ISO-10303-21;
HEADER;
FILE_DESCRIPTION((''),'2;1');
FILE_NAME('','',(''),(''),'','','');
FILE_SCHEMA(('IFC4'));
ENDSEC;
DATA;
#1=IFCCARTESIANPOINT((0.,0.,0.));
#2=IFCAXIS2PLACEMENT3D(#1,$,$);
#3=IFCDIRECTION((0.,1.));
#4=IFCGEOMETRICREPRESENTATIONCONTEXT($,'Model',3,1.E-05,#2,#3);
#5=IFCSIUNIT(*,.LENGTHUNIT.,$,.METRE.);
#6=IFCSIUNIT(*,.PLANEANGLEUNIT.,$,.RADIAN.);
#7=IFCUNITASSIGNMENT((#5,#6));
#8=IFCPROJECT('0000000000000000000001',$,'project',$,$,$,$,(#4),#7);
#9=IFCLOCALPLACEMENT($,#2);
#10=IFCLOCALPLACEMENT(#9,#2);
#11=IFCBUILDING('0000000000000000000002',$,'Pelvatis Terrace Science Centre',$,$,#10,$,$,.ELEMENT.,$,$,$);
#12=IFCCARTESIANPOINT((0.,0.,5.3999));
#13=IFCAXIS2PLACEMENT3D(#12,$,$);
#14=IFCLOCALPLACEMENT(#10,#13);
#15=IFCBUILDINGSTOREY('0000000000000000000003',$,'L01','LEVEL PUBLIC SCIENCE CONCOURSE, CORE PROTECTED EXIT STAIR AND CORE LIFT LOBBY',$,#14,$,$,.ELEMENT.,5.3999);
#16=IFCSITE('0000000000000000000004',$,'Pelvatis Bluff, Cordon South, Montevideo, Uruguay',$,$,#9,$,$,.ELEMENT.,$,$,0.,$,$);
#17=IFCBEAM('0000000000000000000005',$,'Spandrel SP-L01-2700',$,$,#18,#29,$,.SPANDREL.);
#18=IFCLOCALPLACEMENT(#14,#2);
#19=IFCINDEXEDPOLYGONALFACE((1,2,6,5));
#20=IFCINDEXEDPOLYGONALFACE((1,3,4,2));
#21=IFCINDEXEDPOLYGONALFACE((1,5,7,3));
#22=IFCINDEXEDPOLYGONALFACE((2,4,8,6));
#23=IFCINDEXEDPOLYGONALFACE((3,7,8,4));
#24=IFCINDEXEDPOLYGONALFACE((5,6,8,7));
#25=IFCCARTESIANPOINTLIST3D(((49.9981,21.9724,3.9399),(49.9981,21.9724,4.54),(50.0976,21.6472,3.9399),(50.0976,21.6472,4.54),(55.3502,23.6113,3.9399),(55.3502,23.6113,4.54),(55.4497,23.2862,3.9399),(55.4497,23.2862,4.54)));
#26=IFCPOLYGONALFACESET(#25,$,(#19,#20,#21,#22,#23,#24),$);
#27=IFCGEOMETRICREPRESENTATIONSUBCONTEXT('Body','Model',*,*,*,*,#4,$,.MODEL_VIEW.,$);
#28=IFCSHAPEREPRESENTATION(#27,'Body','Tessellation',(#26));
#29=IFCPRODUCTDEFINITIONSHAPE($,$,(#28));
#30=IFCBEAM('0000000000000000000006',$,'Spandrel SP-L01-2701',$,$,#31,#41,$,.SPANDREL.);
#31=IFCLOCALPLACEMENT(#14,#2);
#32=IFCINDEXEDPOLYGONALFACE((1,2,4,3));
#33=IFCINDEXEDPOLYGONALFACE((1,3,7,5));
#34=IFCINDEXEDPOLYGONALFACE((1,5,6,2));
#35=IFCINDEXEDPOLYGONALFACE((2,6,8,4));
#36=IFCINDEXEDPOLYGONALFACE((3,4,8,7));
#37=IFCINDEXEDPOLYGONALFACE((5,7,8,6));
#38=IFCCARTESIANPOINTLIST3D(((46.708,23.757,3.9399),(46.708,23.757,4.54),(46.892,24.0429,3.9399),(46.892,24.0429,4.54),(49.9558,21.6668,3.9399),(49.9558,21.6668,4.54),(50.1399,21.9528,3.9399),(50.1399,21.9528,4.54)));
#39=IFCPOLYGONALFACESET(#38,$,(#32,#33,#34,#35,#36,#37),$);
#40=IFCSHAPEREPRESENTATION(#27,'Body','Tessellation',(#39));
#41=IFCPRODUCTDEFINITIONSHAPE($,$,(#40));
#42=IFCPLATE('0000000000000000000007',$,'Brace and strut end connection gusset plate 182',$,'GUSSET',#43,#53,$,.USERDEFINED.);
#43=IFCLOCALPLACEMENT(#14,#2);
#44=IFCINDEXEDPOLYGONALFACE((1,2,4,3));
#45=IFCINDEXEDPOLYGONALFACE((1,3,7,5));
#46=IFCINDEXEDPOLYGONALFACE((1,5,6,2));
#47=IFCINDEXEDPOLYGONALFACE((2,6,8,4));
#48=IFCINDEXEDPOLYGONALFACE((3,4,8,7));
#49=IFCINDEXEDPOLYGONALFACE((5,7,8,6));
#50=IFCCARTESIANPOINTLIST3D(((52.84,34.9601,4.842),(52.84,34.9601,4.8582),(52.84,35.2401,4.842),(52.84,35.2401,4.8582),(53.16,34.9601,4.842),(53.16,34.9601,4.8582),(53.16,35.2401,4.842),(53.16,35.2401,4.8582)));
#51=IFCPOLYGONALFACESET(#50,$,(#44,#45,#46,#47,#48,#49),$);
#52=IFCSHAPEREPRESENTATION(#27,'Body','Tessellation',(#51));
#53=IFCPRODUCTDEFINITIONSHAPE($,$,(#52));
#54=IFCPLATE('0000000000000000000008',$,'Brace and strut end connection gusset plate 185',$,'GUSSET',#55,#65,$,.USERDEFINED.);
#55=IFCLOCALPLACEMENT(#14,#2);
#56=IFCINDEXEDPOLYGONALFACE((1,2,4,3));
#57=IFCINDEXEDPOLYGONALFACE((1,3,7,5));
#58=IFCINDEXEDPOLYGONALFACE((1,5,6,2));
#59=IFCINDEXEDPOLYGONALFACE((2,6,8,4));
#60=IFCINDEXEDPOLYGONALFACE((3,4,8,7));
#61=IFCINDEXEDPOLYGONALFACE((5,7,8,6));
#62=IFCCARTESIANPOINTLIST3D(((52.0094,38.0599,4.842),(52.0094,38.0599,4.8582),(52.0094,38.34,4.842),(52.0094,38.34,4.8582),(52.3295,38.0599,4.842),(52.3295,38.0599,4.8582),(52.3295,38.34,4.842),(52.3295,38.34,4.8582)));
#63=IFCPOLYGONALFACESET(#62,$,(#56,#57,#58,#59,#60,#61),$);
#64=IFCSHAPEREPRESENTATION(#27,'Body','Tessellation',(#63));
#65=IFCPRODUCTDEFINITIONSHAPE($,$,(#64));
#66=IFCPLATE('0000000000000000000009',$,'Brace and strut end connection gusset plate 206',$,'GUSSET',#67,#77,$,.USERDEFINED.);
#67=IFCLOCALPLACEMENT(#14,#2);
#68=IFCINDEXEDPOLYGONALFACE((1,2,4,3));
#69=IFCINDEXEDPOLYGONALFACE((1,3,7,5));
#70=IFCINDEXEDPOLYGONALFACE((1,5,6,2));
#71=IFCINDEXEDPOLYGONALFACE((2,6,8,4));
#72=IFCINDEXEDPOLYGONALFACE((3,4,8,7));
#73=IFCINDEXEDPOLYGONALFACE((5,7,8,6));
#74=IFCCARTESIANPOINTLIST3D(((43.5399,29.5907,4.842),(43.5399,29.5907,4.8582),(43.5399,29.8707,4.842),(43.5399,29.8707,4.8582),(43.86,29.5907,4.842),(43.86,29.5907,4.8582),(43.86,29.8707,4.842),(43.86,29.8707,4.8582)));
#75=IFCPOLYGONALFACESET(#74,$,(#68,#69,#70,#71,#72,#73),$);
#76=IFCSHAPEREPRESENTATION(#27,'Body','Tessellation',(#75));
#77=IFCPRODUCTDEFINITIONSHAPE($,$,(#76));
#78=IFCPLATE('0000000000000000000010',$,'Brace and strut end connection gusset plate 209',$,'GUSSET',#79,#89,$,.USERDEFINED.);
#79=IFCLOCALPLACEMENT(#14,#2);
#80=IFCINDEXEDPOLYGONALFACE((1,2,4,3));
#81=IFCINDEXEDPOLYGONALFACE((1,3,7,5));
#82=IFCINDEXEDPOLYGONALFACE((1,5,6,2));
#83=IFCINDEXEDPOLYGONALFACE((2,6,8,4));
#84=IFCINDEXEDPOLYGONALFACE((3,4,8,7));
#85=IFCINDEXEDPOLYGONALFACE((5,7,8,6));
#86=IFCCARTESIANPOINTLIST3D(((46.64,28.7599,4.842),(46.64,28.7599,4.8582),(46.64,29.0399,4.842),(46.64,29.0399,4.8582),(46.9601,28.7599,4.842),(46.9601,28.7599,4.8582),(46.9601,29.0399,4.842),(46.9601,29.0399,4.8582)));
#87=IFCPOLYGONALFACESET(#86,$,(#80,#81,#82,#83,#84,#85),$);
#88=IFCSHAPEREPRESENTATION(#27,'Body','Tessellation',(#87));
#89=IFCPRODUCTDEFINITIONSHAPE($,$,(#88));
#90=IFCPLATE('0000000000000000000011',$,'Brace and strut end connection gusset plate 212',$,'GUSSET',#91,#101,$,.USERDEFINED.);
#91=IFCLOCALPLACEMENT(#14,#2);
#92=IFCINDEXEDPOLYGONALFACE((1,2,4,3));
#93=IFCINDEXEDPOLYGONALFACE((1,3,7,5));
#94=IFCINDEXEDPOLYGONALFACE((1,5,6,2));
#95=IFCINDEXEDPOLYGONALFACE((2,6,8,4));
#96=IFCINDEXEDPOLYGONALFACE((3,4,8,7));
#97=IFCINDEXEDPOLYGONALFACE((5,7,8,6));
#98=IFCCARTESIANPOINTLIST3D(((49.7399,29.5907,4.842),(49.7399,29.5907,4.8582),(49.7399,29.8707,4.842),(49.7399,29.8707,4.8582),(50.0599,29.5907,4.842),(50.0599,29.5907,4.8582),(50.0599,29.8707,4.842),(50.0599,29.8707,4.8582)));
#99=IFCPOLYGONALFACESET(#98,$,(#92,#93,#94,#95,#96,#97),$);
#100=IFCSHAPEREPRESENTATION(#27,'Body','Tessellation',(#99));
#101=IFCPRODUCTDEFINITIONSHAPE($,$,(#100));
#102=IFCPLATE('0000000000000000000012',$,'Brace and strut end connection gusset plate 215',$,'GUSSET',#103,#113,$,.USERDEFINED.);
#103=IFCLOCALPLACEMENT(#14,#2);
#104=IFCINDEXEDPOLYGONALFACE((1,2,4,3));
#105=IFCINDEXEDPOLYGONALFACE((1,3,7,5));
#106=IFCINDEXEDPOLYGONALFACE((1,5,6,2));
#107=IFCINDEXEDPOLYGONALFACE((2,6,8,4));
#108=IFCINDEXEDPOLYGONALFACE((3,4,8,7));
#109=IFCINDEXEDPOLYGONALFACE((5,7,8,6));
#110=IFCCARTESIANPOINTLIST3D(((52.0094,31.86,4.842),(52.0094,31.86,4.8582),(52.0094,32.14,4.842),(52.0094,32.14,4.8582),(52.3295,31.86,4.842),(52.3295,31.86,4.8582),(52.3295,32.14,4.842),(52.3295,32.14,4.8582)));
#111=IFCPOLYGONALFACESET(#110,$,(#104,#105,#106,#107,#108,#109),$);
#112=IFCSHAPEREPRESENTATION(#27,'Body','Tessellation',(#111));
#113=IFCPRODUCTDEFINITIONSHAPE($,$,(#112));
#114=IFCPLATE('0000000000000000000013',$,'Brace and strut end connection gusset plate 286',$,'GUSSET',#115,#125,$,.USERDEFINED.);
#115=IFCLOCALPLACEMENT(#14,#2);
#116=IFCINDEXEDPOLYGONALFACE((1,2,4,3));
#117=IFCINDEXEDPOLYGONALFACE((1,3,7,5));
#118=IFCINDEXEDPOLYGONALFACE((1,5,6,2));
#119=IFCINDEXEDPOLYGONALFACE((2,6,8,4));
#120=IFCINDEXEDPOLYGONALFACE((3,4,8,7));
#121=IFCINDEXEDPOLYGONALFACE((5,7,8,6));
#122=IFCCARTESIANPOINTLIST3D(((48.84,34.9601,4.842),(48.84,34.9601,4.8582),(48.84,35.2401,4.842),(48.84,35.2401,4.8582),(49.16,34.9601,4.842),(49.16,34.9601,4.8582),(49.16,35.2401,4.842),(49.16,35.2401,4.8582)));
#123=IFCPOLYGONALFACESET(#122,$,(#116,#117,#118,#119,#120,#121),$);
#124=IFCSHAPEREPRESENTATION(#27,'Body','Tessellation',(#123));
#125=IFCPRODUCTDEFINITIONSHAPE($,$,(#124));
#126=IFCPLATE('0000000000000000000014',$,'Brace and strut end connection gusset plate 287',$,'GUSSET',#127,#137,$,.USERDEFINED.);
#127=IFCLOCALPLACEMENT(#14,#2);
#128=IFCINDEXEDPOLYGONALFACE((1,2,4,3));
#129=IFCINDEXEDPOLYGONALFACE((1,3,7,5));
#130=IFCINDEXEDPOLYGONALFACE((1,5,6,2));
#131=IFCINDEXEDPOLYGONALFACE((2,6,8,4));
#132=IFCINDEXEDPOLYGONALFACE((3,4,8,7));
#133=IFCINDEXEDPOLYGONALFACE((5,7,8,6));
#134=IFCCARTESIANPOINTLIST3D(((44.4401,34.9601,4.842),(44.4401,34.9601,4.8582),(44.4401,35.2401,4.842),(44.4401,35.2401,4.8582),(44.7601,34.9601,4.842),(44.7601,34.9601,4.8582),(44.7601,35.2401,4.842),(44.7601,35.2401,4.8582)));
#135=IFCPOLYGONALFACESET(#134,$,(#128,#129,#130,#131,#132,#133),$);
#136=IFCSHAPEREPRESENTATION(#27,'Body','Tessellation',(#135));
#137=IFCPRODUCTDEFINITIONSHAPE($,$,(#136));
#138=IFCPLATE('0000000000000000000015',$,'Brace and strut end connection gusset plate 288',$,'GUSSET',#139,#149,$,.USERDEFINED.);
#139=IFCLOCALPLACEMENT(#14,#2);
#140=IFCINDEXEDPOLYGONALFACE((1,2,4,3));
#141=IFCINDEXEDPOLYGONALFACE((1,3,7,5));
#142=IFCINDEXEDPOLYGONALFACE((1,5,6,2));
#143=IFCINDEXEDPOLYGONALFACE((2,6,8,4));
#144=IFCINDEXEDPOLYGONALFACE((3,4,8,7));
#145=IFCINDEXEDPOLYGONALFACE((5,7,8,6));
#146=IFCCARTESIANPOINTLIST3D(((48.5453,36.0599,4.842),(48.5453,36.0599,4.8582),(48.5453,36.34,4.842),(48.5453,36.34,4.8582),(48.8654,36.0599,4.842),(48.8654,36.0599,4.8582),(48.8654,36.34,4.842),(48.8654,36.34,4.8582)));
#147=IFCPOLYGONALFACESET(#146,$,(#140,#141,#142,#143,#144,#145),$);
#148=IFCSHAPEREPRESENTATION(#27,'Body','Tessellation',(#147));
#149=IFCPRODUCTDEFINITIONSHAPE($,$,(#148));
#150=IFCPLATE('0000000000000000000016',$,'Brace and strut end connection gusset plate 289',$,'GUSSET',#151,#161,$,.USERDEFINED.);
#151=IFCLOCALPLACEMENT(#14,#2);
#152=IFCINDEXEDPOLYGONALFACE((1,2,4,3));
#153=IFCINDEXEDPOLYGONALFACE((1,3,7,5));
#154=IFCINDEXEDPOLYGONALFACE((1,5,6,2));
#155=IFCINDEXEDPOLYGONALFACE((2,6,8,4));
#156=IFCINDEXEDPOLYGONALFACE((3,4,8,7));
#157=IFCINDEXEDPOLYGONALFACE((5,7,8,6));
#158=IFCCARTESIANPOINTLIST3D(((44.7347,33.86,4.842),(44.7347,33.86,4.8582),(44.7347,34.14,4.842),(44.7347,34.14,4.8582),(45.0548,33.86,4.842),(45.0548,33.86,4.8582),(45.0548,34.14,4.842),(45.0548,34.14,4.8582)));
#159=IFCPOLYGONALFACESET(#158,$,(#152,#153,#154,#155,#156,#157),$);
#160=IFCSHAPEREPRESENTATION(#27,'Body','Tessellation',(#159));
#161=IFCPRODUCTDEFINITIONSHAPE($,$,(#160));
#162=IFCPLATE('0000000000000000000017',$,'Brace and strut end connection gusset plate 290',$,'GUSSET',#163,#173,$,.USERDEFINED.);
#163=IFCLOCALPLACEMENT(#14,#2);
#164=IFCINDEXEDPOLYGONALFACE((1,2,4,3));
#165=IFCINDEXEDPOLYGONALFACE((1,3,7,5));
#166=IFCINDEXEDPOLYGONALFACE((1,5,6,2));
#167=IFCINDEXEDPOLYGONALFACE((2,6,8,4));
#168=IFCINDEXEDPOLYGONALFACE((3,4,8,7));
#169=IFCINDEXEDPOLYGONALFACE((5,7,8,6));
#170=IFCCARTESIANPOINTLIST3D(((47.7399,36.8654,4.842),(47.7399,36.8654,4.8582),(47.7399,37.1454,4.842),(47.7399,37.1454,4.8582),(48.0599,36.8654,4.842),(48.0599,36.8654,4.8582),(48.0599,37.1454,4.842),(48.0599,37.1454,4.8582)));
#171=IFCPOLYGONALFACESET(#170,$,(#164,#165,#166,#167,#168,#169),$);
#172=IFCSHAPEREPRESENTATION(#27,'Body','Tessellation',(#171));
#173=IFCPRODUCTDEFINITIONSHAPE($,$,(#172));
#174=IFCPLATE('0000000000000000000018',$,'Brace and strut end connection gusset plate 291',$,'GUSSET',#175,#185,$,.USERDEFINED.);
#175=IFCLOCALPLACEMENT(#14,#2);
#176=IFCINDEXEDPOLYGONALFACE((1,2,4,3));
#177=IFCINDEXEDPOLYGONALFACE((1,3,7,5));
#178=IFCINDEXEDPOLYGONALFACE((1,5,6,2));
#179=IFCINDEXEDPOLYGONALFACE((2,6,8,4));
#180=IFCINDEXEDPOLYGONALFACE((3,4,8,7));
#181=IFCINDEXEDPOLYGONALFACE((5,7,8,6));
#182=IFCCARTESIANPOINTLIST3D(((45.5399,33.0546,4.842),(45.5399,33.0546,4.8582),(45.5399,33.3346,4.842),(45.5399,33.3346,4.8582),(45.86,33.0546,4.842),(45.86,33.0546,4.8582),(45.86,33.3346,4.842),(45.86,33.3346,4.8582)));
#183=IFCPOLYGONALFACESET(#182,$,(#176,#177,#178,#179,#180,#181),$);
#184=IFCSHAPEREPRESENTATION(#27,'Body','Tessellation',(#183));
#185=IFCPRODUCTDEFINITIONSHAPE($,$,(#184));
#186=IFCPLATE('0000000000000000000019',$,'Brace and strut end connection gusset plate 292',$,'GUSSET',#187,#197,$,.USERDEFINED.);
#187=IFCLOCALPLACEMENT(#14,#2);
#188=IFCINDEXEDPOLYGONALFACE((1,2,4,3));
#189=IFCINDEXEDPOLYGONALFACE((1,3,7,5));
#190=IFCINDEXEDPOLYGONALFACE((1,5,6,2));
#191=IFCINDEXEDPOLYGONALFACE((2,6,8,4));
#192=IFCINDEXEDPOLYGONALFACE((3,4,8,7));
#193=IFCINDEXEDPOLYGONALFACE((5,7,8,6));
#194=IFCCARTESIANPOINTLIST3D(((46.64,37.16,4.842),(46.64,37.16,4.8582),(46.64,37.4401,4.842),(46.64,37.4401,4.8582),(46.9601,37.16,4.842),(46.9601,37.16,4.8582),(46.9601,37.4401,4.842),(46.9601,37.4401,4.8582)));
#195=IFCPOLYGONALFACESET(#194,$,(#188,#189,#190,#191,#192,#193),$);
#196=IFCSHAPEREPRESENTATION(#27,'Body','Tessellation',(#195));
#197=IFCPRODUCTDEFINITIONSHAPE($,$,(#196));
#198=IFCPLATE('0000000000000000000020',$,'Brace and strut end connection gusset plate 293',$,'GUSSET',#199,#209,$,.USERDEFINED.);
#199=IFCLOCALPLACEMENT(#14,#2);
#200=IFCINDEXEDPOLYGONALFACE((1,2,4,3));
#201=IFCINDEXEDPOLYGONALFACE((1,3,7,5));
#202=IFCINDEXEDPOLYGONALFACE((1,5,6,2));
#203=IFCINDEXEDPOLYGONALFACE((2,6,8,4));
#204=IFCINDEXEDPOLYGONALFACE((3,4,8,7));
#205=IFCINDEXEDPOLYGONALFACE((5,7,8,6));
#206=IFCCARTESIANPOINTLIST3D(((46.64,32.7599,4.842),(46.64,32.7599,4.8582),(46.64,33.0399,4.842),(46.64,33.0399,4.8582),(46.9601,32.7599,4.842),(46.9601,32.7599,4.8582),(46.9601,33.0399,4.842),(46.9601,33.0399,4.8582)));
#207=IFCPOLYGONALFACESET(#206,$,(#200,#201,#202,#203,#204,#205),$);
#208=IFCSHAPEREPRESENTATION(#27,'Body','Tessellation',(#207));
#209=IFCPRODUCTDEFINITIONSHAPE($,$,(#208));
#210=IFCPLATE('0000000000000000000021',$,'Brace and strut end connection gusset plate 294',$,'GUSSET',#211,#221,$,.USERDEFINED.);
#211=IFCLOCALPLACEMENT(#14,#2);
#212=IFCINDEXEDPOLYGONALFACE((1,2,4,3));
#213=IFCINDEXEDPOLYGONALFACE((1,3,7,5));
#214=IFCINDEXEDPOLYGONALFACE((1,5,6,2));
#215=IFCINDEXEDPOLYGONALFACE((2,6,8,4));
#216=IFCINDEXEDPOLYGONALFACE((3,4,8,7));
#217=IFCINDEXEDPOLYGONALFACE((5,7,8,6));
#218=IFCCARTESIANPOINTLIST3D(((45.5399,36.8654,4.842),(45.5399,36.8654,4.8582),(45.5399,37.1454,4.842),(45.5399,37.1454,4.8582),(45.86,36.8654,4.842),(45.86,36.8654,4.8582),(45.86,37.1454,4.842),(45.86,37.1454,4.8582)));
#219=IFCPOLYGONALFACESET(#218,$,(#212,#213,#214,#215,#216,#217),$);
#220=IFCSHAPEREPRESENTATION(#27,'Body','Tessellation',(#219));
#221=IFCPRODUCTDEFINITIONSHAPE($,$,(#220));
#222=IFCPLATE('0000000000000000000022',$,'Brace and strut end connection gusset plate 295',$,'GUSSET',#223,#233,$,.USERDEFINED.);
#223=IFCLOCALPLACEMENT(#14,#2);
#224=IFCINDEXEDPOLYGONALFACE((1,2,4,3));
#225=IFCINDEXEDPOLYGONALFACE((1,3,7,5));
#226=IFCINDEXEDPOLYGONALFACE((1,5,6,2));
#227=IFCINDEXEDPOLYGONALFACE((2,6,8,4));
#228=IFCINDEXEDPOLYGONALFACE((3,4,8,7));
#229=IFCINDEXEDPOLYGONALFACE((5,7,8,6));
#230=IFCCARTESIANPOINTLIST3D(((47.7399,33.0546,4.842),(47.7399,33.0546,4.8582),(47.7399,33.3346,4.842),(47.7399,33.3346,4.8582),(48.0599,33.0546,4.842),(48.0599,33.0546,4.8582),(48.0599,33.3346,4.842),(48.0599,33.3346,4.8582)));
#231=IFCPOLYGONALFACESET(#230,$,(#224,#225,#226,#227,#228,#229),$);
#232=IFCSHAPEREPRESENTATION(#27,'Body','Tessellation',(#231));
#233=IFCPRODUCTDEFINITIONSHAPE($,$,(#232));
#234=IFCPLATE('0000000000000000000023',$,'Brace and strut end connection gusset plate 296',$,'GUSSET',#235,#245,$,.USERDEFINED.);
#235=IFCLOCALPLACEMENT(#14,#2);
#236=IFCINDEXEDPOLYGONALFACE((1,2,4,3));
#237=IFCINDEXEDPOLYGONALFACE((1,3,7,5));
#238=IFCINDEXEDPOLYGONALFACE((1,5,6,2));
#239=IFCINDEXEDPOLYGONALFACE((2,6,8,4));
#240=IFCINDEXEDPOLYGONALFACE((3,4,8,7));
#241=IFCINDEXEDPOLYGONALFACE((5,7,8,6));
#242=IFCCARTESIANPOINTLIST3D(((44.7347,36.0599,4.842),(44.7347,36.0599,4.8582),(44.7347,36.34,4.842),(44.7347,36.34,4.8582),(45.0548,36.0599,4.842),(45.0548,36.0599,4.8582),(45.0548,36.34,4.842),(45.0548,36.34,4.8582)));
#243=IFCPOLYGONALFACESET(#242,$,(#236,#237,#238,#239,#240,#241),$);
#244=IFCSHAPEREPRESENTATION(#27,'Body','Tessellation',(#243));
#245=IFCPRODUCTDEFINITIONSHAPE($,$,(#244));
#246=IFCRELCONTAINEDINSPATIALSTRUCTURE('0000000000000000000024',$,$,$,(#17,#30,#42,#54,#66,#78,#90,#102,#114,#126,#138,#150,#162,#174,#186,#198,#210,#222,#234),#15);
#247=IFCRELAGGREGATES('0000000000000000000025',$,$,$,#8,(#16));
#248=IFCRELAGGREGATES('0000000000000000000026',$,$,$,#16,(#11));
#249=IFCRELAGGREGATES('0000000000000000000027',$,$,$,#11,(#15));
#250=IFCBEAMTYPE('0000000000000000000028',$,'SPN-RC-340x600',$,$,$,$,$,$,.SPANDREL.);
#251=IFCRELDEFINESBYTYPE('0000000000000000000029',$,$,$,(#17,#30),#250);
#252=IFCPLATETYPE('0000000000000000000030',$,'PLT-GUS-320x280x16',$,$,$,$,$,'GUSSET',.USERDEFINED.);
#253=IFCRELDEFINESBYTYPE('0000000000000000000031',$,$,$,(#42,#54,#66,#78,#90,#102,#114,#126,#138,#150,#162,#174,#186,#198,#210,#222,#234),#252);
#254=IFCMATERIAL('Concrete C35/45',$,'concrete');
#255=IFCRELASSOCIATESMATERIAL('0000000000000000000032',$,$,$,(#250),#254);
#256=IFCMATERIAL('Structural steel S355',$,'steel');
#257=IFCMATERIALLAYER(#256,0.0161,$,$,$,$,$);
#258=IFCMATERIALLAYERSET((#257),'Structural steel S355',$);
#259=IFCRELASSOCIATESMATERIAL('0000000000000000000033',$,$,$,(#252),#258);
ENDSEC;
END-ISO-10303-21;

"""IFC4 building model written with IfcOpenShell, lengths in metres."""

from ifc_helpers import new_model, si_unit, direction, frame, origin, origin_2d, place, context, subcontext, project, spatial, rectangle, extrude, material, layer, layer_set, material_profile, profile_set, type_object, element, save


model = new_model("IFC4")

# Units and contexts
model_context = context("Model", 3, precision=1e-05, world=origin(), true_north=direction((0.0, 1.0)))
body_context = subcontext(model_context, "Body", "Model", "MODEL_VIEW")
ifc_project = project(units=[si_unit("LENGTHUNIT", "METRE"), si_unit("PLANEANGLEUNIT", "RADIAN")], contexts=[model_context])

# Site, building, storey
site_placement = place(None, origin())
site = spatial("IfcSite", under=ifc_project, at=site_placement, Name="Pelvatis Bluff, Cordon South, Montevideo, Uruguay", CompositionType="ELEMENT", RefElevation=0.0)
building_placement = place(site_placement, origin())
building = spatial("IfcBuilding", under=site, at=building_placement, Name="Pelvatis Terrace Science Centre", CompositionType="ELEMENT")
storey_placement = place(building_placement, frame((0.0, 0.0, 5.3999)))
storey = spatial("IfcBuildingStorey", under=building, at=storey_placement, Name="L01", Description="LEVEL PUBLIC SCIENCE CONCOURSE, CORE PROTECTED EXIT STAIR AND CORE LIFT LOBBY", CompositionType="ELEMENT", Elevation=5.3999)

# Beams
ifc_material_1 = material(Name="Concrete C35/45", Category="concrete")
ifc_material_profile_1 = material_profile(ifc_material_1, rectangle(XDim=0.3401, YDim=0.6001, at=origin_2d()), Name="RC-SPN 340x600")
ifc_profile_set_1 = profile_set([ifc_material_profile_1], Name="Concrete C35/45")
beam_type_1 = type_object("IfcBeamType", Name="SPN-RC-340x600", PredefinedType="SPANDREL", material=ifc_profile_set_1)
beam_1_placement = place(storey_placement, frame((50.0479, 21.8098, 4.24), z_axis=(0.956173, 0.292801, 0.0), x_axis=(-0.292801, 0.956173, 0.0)))
element("IfcBeam", 1, at=beam_1_placement, inside=storey, type_object=beam_type_1, Name="Spandrel SP-L01-2700", PredefinedType="SPANDREL", context=body_context, shape_type="SweptSolid", body=[
    extrude(rectangle(XDim=0.3401, YDim=0.6001, at=origin_2d()), origin(), (0.0, 0.0, 1.0), 5.5974),
])
beam_2_placement = place(storey_placement, frame((50.0479, 21.8098, 4.24), z_axis=(-0.840918, 0.541163, 0.0), x_axis=(-0.541163, -0.840918, 0.0)))
element("IfcBeam", 2, at=beam_2_placement, inside=storey, type_object=beam_type_1, Name="Spandrel SP-L01-2701", PredefinedType="SPANDREL", context=body_context, shape_type="SweptSolid", body=[
    extrude(rectangle(XDim=0.3401, YDim=0.6001, at=origin_2d()), origin(), (0.0, 0.0, 1.0), 3.8623),
])

# Plates
ifc_material_2 = material(Name="Structural steel S355", Category="steel")
ifc_layer = layer(ifc_material_2, 0.0161)
ifc_layer_set = layer_set([ifc_layer], Name="Structural steel S355")
plate_type = type_object("IfcPlateType", Name="PLT-GUS-320x280x16", ElementType="GUSSET", PredefinedType="USERDEFINED", material=ifc_layer_set)
for number, where, z_axis, x_axis, name in (
    (3, (53.0, 35.1001, 4.842), (0.0, 0.0, 1.0), (1.0, 0.0, 0.0), "Brace and strut end connection gusset plate 182"),
    (4, (52.1694, 38.2, 4.842), (0.0, 0.0, 1.0), (1.0, 0.0, 0.0), "Brace and strut end connection gusset plate 185"),
    (5, (43.7, 29.7307, 4.842), (0.0, 0.0, 1.0), (1.0, 0.0, 0.0), "Brace and strut end connection gusset plate 206"),
    (6, (46.8, 28.8999, 4.842), (0.0, 0.0, 1.0), (1.0, 0.0, 0.0), "Brace and strut end connection gusset plate 209"),
    (7, (49.8999, 29.7307, 4.842), (0.0, 0.0, 1.0), (1.0, 0.0, 0.0), "Brace and strut end connection gusset plate 212"),
    (8, (52.1694, 32.0, 4.842), (0.0, 0.0, 1.0), (1.0, 0.0, 0.0), "Brace and strut end connection gusset plate 215"),
    (9, (49.0, 35.1001, 4.842), (0.0, 0.0, 1.0), (1.0, 0.0, 0.0), "Brace and strut end connection gusset plate 286"),
    (10, (44.6001, 35.1001, 4.842), (0.0, 0.0, 1.0), (1.0, 0.0, 0.0), "Brace and strut end connection gusset plate 287"),
    (11, (48.7053, 36.2, 4.842), (0.0, 0.0, 1.0), (1.0, 0.0, 0.0), "Brace and strut end connection gusset plate 288"),
    (12, (44.8948, 34.0, 4.842), (0.0, 0.0, 1.0), (1.0, 0.0, 0.0), "Brace and strut end connection gusset plate 289"),
    (13, (47.8999, 37.0054, 4.842), (0.0, 0.0, 1.0), (1.0, 0.0, 0.0), "Brace and strut end connection gusset plate 290"),
    (14, (45.7, 33.1946, 4.842), (0.0, 0.0, 1.0), (1.0, 0.0, 0.0), "Brace and strut end connection gusset plate 291"),
    (15, (46.8, 37.3, 4.842), (0.0, 0.0, 1.0), (1.0, 0.0, 0.0), "Brace and strut end connection gusset plate 292"),
    (16, (46.8, 32.8999, 4.842), (0.0, 0.0, 1.0), (1.0, 0.0, 0.0), "Brace and strut end connection gusset plate 293"),
    (17, (45.7, 37.0054, 4.842), (0.0, 0.0, 1.0), (1.0, 0.0, 0.0), "Brace and strut end connection gusset plate 294"),
    (18, (47.8999, 33.1946, 4.842), (0.0, 0.0, 1.0), (1.0, 0.0, 0.0), "Brace and strut end connection gusset plate 295"),
    (19, (44.8948, 36.2, 4.842), (0.0, 0.0, 1.0), (1.0, 0.0, 0.0), "Brace and strut end connection gusset plate 296"),
):
    element("IfcPlate", number, at=place(storey_placement, frame(where, z_axis=z_axis, x_axis=x_axis)), inside=storey, type_object=plate_type, Name=name, ObjectType="GUSSET", PredefinedType="USERDEFINED", context=body_context, shape_type="SweptSolid", body=[
        extrude(rectangle(XDim=0.3201, YDim=0.28, at=origin_2d()), origin(), (0.0, 0.0, 1.0), 0.0161),
    ])

save(model, "model.ifc")
